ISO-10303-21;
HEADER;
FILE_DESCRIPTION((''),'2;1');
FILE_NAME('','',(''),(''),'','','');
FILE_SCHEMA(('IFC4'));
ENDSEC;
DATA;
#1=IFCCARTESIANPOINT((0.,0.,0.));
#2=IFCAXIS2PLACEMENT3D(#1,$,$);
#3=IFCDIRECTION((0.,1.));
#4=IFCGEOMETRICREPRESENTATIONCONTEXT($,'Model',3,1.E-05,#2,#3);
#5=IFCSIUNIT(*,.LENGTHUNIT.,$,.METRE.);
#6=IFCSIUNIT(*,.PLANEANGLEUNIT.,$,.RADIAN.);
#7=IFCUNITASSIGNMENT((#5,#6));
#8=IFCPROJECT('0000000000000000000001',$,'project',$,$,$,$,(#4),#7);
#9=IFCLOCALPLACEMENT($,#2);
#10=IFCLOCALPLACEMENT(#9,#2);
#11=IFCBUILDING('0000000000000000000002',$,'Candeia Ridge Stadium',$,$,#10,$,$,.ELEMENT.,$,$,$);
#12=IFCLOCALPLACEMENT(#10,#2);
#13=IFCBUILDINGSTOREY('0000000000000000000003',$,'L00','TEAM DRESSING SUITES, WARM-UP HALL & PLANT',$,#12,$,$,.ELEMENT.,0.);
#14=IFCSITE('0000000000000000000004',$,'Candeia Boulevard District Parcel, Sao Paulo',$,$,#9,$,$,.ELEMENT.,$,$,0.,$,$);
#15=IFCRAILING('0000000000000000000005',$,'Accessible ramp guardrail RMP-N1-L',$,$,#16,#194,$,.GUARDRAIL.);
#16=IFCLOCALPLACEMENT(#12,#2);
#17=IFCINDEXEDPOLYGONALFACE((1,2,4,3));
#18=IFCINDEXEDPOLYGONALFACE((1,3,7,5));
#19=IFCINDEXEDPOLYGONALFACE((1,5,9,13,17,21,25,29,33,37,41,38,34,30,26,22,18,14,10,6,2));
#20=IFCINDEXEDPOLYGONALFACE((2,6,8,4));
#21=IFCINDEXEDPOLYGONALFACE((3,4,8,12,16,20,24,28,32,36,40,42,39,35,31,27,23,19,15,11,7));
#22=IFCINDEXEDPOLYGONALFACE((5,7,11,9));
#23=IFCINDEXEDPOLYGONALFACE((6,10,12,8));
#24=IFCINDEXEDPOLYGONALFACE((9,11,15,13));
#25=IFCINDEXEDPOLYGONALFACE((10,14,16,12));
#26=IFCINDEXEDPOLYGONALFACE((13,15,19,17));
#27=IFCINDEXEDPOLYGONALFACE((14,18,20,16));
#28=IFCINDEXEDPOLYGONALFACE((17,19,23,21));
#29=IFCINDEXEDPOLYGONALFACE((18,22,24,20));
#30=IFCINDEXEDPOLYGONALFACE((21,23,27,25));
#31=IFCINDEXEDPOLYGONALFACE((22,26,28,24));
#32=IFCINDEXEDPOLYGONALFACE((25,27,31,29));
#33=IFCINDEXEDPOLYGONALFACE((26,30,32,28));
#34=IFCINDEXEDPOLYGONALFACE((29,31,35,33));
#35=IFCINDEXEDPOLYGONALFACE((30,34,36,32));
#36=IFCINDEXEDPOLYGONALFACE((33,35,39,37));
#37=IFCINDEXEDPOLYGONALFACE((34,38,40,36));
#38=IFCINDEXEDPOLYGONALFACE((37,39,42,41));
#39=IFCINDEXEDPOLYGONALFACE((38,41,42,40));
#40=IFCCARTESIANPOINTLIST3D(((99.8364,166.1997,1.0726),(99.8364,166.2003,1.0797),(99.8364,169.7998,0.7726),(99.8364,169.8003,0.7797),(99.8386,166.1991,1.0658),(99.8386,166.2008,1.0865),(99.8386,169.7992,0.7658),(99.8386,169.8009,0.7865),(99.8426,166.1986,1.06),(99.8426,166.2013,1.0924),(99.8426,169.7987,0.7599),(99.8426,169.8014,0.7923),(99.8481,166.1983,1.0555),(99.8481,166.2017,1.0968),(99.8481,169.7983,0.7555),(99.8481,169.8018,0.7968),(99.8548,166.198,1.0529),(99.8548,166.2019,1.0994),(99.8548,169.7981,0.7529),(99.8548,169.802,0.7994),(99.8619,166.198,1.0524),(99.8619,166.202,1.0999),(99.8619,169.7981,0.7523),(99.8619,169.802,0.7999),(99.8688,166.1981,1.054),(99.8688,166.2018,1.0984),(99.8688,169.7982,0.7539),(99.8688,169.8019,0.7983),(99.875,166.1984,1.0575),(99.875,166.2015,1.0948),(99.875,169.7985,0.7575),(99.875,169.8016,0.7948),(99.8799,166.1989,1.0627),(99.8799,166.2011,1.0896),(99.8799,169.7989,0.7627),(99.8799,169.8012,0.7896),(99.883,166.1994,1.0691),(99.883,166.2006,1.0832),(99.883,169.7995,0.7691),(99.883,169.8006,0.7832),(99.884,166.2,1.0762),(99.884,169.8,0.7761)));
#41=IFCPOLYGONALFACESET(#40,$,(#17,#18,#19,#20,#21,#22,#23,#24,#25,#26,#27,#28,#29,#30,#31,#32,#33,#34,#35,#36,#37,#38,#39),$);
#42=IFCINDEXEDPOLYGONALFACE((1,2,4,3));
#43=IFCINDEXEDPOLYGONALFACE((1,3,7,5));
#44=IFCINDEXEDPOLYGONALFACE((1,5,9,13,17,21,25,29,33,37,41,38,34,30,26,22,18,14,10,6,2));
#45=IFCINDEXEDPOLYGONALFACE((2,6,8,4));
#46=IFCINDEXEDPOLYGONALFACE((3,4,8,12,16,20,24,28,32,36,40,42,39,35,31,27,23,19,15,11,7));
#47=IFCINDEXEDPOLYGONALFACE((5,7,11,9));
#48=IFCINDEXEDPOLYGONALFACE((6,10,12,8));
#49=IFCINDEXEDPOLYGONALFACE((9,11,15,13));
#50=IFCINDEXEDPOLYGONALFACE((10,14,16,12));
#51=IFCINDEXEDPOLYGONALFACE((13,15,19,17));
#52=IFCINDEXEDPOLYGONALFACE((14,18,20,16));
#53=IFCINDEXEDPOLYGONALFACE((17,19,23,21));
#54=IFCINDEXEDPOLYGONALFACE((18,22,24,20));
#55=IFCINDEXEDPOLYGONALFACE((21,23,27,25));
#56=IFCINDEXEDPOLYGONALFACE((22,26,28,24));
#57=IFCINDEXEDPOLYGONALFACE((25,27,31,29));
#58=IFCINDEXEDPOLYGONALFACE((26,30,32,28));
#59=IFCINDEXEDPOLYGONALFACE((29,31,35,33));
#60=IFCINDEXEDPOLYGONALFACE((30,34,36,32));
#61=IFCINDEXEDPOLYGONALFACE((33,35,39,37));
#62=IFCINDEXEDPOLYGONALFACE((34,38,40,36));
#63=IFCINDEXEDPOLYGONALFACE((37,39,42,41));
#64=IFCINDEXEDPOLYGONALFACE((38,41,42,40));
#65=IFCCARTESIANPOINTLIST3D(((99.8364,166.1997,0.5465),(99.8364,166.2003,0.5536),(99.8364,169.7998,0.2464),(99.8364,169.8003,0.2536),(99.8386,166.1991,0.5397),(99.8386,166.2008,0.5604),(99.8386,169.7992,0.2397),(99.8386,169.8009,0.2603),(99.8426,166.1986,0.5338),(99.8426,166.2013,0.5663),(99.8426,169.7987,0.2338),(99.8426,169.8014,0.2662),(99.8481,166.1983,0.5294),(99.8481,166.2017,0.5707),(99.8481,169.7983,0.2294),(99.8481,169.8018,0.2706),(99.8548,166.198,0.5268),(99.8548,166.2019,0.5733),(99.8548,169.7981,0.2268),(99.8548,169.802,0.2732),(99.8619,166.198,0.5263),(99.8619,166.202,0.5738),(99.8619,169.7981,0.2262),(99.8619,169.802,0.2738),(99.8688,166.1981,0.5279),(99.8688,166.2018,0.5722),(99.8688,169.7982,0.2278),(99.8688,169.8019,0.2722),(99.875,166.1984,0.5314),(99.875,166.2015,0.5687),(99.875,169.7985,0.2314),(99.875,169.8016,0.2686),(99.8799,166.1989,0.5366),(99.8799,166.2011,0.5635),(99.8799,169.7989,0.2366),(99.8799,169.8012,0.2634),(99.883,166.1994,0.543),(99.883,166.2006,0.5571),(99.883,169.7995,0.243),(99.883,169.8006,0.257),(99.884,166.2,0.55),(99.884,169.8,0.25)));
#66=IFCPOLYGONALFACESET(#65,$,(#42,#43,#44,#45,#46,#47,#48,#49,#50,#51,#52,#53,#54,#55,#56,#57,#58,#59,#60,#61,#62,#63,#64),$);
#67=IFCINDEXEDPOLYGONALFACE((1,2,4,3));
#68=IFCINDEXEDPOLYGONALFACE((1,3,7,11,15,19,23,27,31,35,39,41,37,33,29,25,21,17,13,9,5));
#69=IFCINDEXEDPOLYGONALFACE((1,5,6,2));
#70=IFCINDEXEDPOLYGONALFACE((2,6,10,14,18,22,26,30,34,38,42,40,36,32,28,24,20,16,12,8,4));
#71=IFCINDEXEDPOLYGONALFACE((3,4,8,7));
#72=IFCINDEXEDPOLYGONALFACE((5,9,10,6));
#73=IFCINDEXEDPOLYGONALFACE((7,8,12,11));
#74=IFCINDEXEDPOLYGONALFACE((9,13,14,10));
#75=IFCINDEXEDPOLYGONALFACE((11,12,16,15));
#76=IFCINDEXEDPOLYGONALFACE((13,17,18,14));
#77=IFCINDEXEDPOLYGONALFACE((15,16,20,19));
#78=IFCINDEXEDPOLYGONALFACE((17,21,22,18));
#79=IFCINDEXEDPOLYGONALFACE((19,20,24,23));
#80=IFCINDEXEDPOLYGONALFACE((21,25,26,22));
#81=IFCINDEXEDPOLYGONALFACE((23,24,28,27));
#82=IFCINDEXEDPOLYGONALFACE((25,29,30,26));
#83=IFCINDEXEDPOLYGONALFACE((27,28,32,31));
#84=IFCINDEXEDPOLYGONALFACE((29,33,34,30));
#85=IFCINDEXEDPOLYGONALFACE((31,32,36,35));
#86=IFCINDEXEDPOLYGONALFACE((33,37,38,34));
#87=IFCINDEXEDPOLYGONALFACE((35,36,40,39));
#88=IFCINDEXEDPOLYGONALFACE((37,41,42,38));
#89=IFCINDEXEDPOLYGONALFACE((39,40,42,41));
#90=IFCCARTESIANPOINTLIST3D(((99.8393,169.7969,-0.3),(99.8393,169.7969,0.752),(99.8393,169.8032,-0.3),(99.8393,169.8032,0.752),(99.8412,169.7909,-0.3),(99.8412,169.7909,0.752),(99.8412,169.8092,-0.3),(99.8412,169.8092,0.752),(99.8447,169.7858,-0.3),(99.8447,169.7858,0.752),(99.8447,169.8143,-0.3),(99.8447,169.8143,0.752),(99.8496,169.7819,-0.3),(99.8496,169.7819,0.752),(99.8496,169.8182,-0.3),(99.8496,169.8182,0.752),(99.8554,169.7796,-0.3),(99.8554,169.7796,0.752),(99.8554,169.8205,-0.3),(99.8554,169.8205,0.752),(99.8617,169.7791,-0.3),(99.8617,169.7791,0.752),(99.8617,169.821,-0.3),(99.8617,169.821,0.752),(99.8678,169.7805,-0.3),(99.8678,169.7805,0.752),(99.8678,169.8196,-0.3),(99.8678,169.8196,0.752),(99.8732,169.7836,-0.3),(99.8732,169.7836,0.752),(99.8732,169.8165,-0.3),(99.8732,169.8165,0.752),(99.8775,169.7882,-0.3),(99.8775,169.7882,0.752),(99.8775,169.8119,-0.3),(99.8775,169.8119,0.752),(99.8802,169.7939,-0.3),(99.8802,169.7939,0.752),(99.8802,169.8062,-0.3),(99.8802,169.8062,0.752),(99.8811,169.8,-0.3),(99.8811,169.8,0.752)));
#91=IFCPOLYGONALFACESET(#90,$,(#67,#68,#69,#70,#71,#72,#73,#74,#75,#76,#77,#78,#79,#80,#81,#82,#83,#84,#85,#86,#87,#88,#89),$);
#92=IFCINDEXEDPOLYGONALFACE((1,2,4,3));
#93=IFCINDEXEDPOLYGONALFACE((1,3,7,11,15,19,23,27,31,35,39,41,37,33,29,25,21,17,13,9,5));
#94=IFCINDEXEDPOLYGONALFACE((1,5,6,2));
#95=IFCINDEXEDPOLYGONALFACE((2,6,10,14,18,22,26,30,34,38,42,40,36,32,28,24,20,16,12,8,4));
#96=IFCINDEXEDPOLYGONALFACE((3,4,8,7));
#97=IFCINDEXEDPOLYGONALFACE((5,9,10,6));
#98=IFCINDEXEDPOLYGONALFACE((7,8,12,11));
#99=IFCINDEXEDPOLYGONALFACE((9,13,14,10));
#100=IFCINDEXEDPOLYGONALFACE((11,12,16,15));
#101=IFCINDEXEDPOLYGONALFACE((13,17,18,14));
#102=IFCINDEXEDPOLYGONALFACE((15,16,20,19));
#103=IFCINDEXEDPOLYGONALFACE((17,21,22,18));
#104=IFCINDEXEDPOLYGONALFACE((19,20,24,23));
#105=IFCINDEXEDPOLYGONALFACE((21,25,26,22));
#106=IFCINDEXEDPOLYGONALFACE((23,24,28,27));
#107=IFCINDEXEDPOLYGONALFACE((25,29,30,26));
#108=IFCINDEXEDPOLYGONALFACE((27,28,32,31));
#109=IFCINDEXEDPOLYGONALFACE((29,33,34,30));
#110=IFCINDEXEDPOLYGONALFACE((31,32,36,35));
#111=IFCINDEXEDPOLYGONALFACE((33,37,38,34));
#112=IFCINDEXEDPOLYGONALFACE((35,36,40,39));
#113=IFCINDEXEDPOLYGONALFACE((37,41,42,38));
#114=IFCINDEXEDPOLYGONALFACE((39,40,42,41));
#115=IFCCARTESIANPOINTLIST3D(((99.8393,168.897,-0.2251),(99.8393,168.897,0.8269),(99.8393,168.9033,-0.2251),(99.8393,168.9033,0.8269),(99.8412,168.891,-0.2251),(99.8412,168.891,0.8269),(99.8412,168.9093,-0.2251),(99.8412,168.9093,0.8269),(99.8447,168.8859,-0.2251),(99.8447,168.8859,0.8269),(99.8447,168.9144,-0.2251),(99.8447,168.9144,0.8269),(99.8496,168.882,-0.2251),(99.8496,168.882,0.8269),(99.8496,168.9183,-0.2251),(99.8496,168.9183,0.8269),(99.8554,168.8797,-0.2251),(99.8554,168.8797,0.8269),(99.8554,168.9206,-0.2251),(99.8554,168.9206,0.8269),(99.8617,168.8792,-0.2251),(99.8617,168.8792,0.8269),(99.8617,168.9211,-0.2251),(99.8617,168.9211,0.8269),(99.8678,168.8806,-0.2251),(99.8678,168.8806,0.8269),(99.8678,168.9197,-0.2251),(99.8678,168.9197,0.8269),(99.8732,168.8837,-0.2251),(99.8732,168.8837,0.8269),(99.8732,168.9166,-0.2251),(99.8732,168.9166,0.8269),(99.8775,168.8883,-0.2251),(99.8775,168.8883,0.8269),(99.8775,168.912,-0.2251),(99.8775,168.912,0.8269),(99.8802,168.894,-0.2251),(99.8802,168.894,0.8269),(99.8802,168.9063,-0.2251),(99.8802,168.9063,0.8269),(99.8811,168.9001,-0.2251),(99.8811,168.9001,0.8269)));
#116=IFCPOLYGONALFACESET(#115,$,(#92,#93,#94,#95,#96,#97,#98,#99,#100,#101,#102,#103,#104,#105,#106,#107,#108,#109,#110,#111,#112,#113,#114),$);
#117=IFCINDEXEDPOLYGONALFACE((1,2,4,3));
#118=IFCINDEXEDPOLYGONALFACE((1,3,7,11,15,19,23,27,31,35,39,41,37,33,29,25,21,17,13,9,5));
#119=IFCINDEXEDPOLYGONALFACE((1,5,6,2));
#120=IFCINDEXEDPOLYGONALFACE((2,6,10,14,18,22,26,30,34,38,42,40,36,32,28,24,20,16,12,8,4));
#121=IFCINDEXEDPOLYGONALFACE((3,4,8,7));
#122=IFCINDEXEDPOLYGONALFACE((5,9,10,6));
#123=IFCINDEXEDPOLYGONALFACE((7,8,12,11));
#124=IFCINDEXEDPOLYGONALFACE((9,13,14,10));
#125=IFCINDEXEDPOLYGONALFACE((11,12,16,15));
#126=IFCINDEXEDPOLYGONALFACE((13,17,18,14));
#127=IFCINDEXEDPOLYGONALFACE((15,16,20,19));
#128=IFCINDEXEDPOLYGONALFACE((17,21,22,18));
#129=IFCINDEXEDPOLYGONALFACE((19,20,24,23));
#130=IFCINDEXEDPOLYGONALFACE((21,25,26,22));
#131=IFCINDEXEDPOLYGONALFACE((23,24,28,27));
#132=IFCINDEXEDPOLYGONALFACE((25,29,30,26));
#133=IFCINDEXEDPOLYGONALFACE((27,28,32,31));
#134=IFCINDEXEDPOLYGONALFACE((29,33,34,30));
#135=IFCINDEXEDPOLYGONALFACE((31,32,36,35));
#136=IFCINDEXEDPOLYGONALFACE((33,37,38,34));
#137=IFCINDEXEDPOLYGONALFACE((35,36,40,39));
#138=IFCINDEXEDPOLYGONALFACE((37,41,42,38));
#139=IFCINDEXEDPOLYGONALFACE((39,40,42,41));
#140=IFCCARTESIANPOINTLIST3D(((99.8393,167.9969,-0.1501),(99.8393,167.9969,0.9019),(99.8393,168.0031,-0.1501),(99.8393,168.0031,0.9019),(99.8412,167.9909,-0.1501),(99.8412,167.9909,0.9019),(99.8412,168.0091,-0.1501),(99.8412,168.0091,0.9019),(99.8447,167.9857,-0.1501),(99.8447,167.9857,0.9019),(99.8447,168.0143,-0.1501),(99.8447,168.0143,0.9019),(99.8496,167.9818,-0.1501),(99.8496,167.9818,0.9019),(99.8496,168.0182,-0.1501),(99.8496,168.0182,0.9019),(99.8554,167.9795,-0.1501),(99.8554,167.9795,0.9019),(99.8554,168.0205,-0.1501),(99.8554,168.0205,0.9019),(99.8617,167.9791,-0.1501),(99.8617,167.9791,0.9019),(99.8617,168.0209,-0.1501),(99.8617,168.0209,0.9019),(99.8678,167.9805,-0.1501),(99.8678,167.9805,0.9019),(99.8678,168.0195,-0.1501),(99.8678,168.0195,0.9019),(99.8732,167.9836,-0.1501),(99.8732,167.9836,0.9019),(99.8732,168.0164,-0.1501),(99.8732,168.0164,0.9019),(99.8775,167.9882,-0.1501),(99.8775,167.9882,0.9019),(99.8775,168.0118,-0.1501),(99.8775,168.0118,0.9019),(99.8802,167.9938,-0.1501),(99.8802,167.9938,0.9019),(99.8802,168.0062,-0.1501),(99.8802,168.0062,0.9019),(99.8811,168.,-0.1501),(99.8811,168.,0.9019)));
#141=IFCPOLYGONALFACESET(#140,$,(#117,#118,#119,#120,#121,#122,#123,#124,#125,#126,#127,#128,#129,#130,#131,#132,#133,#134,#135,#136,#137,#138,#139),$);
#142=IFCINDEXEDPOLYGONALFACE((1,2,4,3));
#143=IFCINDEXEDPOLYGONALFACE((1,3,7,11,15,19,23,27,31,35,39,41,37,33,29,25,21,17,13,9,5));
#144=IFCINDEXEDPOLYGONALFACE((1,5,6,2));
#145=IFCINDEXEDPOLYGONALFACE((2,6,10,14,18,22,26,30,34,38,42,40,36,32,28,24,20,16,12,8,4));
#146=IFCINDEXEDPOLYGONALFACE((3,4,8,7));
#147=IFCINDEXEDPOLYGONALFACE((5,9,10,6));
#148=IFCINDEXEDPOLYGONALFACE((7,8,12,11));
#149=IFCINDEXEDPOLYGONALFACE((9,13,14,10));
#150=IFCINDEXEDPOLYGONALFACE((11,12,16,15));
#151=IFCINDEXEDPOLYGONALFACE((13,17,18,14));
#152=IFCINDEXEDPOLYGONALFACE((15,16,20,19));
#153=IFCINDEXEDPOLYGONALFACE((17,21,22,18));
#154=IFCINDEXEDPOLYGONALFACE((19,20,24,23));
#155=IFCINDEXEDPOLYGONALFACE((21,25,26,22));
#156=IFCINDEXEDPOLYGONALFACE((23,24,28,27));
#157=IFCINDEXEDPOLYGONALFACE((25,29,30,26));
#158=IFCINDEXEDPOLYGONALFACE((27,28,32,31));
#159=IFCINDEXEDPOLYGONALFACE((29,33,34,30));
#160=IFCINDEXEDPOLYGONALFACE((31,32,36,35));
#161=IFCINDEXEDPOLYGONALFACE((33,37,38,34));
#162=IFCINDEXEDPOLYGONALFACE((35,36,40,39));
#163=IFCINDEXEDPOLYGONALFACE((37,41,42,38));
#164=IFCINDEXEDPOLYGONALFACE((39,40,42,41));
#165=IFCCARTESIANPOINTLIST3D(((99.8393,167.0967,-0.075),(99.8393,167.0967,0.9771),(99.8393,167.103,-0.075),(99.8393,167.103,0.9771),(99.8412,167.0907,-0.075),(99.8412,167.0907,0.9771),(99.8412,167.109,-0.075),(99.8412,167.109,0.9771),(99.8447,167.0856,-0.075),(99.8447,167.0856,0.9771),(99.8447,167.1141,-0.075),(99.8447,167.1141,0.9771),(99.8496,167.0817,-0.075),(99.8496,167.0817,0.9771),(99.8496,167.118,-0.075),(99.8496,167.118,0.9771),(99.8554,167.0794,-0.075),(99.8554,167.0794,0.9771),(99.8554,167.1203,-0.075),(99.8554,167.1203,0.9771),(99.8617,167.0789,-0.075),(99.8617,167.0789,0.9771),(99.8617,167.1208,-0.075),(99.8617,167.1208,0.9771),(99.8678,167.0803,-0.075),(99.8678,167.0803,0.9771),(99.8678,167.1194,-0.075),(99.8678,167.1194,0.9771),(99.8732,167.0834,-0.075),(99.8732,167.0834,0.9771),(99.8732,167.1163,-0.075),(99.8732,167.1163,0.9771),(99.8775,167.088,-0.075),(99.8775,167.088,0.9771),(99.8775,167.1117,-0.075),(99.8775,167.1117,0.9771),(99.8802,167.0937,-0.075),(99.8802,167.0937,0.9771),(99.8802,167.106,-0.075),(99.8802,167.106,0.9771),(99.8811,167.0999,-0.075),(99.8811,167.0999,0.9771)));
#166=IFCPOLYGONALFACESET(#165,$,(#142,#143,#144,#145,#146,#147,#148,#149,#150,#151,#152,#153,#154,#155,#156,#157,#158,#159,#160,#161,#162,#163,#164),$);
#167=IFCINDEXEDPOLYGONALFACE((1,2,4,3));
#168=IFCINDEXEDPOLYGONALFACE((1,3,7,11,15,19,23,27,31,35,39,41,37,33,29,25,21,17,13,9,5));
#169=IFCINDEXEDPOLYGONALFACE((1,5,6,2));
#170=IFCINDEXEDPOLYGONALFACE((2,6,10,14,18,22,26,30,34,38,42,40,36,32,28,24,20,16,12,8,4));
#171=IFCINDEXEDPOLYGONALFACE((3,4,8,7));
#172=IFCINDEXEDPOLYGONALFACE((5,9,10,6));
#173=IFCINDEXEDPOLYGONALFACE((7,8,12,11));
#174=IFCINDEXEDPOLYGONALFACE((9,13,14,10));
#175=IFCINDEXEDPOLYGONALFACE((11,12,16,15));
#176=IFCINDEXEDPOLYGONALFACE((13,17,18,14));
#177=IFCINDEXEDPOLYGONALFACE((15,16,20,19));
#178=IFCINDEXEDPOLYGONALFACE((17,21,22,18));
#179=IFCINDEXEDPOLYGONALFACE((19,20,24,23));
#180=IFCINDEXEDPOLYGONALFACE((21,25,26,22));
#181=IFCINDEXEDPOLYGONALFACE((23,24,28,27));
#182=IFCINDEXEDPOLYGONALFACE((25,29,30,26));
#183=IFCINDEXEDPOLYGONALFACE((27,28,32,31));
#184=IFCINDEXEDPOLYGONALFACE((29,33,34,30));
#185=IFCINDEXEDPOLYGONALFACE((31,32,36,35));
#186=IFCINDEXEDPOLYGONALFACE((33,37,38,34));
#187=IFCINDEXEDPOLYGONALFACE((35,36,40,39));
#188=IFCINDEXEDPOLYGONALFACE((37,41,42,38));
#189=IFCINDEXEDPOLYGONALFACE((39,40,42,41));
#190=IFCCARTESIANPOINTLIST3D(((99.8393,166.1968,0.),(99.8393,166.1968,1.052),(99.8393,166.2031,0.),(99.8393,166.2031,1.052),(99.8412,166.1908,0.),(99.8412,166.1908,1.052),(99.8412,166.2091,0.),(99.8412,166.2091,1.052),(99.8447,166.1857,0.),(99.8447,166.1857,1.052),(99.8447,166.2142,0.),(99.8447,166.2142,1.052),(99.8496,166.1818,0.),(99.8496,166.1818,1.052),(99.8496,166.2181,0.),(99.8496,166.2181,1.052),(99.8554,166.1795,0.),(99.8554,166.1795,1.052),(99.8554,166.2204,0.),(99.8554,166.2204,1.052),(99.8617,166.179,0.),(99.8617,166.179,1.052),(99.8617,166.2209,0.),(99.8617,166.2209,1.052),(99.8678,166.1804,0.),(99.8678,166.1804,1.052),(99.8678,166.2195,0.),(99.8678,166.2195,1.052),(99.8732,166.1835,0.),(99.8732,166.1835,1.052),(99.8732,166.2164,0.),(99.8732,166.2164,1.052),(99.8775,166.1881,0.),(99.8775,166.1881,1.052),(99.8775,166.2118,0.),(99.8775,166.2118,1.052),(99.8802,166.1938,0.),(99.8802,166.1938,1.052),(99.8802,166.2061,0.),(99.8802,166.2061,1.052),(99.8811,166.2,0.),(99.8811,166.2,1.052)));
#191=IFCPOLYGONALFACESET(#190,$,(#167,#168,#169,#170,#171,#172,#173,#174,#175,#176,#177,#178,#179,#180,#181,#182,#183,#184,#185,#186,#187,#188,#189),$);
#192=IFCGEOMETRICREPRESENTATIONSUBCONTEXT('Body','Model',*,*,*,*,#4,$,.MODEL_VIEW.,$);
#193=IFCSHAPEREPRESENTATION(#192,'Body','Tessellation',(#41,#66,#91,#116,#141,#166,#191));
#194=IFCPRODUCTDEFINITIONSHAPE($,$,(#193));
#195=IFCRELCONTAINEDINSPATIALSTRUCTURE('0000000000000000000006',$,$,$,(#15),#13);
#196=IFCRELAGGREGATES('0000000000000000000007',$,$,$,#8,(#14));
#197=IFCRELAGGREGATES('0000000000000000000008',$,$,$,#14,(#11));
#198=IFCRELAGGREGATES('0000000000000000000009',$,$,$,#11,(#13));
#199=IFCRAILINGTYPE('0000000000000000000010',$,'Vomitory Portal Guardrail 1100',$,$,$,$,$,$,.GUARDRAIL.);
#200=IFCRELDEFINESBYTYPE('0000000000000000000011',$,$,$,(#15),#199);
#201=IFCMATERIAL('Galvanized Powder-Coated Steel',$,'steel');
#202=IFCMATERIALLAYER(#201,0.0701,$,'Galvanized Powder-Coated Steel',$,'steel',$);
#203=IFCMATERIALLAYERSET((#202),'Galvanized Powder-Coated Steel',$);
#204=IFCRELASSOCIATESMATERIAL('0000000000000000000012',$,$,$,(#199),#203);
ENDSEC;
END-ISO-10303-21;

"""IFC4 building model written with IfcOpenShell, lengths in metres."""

from ifc_helpers import new_model, si_unit, direction, frame, origin, origin_2d, place, context, subcontext, project, spatial, circle, extrude, material, layer, layer_set, type_object, element, save


model = new_model("IFC4")

# Units and contexts
model_context = context("Model", 3, precision=1e-05, world=origin(), true_north=direction((0.0, 1.0)))
body_context = subcontext(model_context, "Body", "Model", "MODEL_VIEW")
ifc_project = project(units=[si_unit("LENGTHUNIT", "METRE"), si_unit("PLANEANGLEUNIT", "RADIAN")], contexts=[model_context])

# Site, building, storey
site_placement = place(None, origin())
site = spatial("IfcSite", under=ifc_project, at=site_placement, Name="Candeia Boulevard District Parcel, Sao Paulo", CompositionType="ELEMENT", RefElevation=0.0)
building_placement = place(site_placement, origin())
building = spatial("IfcBuilding", under=site, at=building_placement, Name="Candeia Ridge Stadium", CompositionType="ELEMENT")
storey_placement = place(building_placement, origin())
storey = spatial("IfcBuildingStorey", under=building, at=storey_placement, Name="L00", Description="TEAM DRESSING SUITES, WARM-UP HALL & PLANT", CompositionType="ELEMENT", Elevation=0.0)

# Railing
ifc_material_1 = material(Name="Galvanized Powder-Coated Steel", Category="steel")
ifc_layer_1 = layer(ifc_material_1, 0.0701, Name="Galvanized Powder-Coated Steel", Category="steel")
ifc_layer_set_1 = layer_set([ifc_layer_1], Name="Galvanized Powder-Coated Steel")
railing_type_1 = type_object("IfcRailingType", Name="Vomitory Portal Guardrail 1100", PredefinedType="GUARDRAIL", material=ifc_layer_set_1)
for number, where, name in (
    (1, (99.8601, 169.8, -0.3), "Accessible ramp guardrail RMP-N1-L"),
):
    element("IfcRailing", number, at=place(storey_placement, frame(where)), inside=storey, type_object=railing_type_1, Name=name, PredefinedType="GUARDRAIL", context=body_context, shape_type="SweptSolid", body=[
        extrude(circle(Radius=0.0239, at=origin_2d()), frame((0.0, 0.0, 1.0762), z_axis=(0.0, -0.996545, 0.083057), x_axis=(1.0, 0.0, 0.0)), (0.0, 0.0, 1.0), 3.6125),
        extrude(circle(Radius=0.0239, at=origin_2d()), frame((0.0, 0.0, 0.55), z_axis=(0.0, -0.996545, 0.083057), x_axis=(1.0, 0.0, 0.0)), (0.0, 0.0, 1.0), 3.6125),
        extrude(circle(Radius=0.021, at=origin_2d()), origin(), (0.0, 0.0, 1.0), 1.052),
        extrude(circle(Radius=0.021, at=origin_2d()), frame((0.0, -0.8999, 0.075)), (0.0, 0.0, 1.0), 1.052),
        extrude(circle(Radius=0.021, at=origin_2d()), frame((0.0, -1.8, 0.1499)), (0.0, 0.0, 1.0), 1.052),
        extrude(circle(Radius=0.021, at=origin_2d()), frame((0.0, -2.7002, 0.2251)), (0.0, 0.0, 1.0), 1.052),
        extrude(circle(Radius=0.021, at=origin_2d()), frame((0.0, -3.6001, 0.3)), (0.0, 0.0, 1.0), 1.052),
    ])

save(model, "model.ifc")
